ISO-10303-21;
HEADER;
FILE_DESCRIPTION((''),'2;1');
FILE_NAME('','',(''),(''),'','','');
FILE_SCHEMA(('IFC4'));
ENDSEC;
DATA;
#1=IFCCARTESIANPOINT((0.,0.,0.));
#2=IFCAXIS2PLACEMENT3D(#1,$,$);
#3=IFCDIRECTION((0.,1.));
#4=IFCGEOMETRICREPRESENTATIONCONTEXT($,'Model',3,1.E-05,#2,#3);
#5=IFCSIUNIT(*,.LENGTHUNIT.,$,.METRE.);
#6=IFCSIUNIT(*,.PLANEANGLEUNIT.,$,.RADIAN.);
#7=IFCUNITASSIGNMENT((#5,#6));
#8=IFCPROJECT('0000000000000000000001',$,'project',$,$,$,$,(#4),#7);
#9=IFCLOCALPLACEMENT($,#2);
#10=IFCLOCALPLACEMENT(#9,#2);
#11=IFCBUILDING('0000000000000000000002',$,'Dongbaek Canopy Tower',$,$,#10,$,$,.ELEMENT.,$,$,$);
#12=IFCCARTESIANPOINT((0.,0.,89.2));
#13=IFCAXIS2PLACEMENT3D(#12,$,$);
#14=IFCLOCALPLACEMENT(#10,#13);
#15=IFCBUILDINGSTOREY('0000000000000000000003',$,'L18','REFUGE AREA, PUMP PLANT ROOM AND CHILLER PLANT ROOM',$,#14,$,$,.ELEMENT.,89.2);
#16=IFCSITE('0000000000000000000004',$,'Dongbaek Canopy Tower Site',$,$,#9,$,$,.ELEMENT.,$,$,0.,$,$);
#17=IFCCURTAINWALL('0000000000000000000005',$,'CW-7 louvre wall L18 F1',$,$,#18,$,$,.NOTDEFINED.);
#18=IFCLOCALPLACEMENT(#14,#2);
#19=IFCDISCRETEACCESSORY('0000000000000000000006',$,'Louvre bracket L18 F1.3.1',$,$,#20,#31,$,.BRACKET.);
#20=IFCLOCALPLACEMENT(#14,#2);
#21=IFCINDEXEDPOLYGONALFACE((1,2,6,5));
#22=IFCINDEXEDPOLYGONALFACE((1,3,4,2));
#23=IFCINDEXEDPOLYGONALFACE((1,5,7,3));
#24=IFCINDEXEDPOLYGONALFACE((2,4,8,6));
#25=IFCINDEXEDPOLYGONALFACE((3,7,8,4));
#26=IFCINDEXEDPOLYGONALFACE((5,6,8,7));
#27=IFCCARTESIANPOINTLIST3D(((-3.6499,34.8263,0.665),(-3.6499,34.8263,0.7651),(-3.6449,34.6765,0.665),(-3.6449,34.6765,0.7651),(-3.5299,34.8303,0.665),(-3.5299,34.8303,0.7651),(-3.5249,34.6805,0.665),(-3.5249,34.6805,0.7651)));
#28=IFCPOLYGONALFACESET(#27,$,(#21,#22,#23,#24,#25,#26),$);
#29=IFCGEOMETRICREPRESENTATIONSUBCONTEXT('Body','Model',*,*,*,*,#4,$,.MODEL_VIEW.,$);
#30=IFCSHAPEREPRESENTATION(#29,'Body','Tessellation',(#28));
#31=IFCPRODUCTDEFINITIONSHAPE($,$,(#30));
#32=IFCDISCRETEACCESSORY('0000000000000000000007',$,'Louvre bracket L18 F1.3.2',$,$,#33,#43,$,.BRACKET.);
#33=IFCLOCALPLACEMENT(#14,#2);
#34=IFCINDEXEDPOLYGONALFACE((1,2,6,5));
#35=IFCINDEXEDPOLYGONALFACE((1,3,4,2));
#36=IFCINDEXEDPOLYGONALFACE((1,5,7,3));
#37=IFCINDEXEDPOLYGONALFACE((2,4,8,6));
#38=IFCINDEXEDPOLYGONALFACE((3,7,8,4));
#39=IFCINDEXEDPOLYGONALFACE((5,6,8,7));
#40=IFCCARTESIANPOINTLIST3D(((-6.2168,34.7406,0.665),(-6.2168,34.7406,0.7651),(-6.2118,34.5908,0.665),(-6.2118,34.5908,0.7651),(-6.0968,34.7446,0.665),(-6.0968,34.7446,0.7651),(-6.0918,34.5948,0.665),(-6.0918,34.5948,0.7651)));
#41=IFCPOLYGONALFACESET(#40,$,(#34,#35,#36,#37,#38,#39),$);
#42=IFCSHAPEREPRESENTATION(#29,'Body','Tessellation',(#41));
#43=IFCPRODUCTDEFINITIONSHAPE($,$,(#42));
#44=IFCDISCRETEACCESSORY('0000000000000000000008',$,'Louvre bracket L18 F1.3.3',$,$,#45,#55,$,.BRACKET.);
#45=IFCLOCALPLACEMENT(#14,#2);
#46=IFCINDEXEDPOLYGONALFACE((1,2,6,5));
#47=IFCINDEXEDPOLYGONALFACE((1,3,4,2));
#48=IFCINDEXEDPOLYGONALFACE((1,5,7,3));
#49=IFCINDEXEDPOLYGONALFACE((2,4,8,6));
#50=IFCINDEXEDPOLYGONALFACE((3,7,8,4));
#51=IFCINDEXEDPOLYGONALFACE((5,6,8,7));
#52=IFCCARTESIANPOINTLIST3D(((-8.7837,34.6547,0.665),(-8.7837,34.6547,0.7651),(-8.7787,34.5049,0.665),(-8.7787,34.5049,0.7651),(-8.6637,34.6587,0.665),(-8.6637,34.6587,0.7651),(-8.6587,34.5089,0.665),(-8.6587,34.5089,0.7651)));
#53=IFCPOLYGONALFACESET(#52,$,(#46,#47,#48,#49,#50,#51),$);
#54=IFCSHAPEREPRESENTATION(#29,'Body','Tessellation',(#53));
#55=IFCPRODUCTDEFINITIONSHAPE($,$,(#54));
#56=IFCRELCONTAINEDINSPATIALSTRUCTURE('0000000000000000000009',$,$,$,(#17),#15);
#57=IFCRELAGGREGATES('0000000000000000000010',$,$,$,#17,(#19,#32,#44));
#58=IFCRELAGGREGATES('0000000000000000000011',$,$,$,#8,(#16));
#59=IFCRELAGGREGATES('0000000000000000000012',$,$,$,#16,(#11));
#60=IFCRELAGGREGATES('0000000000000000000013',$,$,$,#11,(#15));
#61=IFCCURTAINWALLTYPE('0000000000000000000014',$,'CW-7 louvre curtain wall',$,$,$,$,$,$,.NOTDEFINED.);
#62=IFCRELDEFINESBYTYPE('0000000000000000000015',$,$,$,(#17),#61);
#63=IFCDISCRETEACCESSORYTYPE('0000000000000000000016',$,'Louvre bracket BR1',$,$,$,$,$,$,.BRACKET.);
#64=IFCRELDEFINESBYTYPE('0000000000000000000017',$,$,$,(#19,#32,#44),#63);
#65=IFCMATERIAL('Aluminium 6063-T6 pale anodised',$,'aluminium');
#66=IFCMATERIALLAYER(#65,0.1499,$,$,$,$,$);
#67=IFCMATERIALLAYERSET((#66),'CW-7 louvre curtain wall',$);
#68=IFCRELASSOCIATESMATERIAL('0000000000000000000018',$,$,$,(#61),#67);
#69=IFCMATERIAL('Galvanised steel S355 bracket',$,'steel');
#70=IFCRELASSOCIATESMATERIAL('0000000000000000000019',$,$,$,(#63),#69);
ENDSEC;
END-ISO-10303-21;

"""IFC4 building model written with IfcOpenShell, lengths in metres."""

from ifc_helpers import new_model, si_unit, direction, frame, origin, origin_2d, place, context, subcontext, project, spatial, rectangle, extrude, material, layer, layer_set, type_object, element, aggregate, save


model = new_model("IFC4")

# Units and contexts
model_context = context("Model", 3, precision=1e-05, world=origin(), true_north=direction((0.0, 1.0)))
body_context = subcontext(model_context, "Body", "Model", "MODEL_VIEW")
ifc_project = project(units=[si_unit("LENGTHUNIT", "METRE"), si_unit("PLANEANGLEUNIT", "RADIAN")], contexts=[model_context])

# Site, building, storey
site_placement = place(None, origin())
site = spatial("IfcSite", under=ifc_project, at=site_placement, Name="Dongbaek Canopy Tower Site", CompositionType="ELEMENT", RefElevation=0.0)
building_placement = place(site_placement, origin())
building = spatial("IfcBuilding", under=site, at=building_placement, Name="Dongbaek Canopy Tower", CompositionType="ELEMENT")
storey_placement = place(building_placement, frame((0.0, 0.0, 89.2)))
storey = spatial("IfcBuildingStorey", under=building, at=storey_placement, Name="L18", Description="REFUGE AREA, PUMP PLANT ROOM AND CHILLER PLANT ROOM", CompositionType="ELEMENT", Elevation=89.2)

# Curtain wall
ifc_material_1 = material(Name="Aluminium 6063-T6 pale anodised", Category="aluminium")
ifc_layer_1 = layer(ifc_material_1, 0.1499)
ifc_layer_set_1 = layer_set([ifc_layer_1], Name="CW-7 louvre curtain wall")
curtain_wall_type = type_object("IfcCurtainWallType", Name="CW-7 louvre curtain wall", PredefinedType="NOTDEFINED", material=ifc_layer_set_1)
curtain_wall_placement = place(storey_placement, origin())
curtain_wall = element("IfcCurtainWall", 1, at=curtain_wall_placement, inside=storey, type_object=curtain_wall_type, Name="CW-7 louvre wall L18 F1", PredefinedType="NOTDEFINED")

# Discrete accessories
ifc_material_2 = material(Name="Galvanised steel S355 bracket", Category="steel")
discrete_accessory_type = type_object("IfcDiscreteAccessoryType", Name="Louvre bracket BR1", PredefinedType="BRACKET", material=ifc_material_2)
discrete_accessory_1_placement = place(storey_placement, frame((-3.5874, 34.7534, 0.665), z_axis=(0.0, 0.0, 1.0), x_axis=(-0.999441, -0.033442, 0.0)))
discrete_accessory_1 = element("IfcDiscreteAccessory", 2, at=discrete_accessory_1_placement, type_object=discrete_accessory_type, Name="Louvre bracket L18 F1.3.1", PredefinedType="BRACKET", context=body_context, shape_type="SweptSolid", body=[
    extrude(rectangle(XDim=0.1201, YDim=0.1499, at=origin_2d()), origin(), (0.0, 0.0, 1.0), 0.1001),
])
discrete_accessory_2_placement = place(storey_placement, frame((-6.1543, 34.6677, 0.665), z_axis=(0.0, 0.0, 1.0), x_axis=(-0.999441, -0.033442, 0.0)))
discrete_accessory_2 = element("IfcDiscreteAccessory", 3, at=discrete_accessory_2_placement, type_object=discrete_accessory_type, Name="Louvre bracket L18 F1.3.2", PredefinedType="BRACKET", context=body_context, shape_type="SweptSolid", body=[
    extrude(rectangle(XDim=0.1201, YDim=0.1499, at=origin_2d()), origin(), (0.0, 0.0, 1.0), 0.1001),
])
discrete_accessory_3_placement = place(storey_placement, frame((-8.7212, 34.5818, 0.665), z_axis=(0.0, 0.0, 1.0), x_axis=(-0.999441, -0.033442, 0.0)))
discrete_accessory_3 = element("IfcDiscreteAccessory", 4, at=discrete_accessory_3_placement, type_object=discrete_accessory_type, Name="Louvre bracket L18 F1.3.3", PredefinedType="BRACKET", context=body_context, shape_type="SweptSolid", body=[
    extrude(rectangle(XDim=0.1201, YDim=0.1499, at=origin_2d()), origin(), (0.0, 0.0, 1.0), 0.1001),
])
aggregate(curtain_wall, [discrete_accessory_1, discrete_accessory_2, discrete_accessory_3])

save(model, "model.ifc")
